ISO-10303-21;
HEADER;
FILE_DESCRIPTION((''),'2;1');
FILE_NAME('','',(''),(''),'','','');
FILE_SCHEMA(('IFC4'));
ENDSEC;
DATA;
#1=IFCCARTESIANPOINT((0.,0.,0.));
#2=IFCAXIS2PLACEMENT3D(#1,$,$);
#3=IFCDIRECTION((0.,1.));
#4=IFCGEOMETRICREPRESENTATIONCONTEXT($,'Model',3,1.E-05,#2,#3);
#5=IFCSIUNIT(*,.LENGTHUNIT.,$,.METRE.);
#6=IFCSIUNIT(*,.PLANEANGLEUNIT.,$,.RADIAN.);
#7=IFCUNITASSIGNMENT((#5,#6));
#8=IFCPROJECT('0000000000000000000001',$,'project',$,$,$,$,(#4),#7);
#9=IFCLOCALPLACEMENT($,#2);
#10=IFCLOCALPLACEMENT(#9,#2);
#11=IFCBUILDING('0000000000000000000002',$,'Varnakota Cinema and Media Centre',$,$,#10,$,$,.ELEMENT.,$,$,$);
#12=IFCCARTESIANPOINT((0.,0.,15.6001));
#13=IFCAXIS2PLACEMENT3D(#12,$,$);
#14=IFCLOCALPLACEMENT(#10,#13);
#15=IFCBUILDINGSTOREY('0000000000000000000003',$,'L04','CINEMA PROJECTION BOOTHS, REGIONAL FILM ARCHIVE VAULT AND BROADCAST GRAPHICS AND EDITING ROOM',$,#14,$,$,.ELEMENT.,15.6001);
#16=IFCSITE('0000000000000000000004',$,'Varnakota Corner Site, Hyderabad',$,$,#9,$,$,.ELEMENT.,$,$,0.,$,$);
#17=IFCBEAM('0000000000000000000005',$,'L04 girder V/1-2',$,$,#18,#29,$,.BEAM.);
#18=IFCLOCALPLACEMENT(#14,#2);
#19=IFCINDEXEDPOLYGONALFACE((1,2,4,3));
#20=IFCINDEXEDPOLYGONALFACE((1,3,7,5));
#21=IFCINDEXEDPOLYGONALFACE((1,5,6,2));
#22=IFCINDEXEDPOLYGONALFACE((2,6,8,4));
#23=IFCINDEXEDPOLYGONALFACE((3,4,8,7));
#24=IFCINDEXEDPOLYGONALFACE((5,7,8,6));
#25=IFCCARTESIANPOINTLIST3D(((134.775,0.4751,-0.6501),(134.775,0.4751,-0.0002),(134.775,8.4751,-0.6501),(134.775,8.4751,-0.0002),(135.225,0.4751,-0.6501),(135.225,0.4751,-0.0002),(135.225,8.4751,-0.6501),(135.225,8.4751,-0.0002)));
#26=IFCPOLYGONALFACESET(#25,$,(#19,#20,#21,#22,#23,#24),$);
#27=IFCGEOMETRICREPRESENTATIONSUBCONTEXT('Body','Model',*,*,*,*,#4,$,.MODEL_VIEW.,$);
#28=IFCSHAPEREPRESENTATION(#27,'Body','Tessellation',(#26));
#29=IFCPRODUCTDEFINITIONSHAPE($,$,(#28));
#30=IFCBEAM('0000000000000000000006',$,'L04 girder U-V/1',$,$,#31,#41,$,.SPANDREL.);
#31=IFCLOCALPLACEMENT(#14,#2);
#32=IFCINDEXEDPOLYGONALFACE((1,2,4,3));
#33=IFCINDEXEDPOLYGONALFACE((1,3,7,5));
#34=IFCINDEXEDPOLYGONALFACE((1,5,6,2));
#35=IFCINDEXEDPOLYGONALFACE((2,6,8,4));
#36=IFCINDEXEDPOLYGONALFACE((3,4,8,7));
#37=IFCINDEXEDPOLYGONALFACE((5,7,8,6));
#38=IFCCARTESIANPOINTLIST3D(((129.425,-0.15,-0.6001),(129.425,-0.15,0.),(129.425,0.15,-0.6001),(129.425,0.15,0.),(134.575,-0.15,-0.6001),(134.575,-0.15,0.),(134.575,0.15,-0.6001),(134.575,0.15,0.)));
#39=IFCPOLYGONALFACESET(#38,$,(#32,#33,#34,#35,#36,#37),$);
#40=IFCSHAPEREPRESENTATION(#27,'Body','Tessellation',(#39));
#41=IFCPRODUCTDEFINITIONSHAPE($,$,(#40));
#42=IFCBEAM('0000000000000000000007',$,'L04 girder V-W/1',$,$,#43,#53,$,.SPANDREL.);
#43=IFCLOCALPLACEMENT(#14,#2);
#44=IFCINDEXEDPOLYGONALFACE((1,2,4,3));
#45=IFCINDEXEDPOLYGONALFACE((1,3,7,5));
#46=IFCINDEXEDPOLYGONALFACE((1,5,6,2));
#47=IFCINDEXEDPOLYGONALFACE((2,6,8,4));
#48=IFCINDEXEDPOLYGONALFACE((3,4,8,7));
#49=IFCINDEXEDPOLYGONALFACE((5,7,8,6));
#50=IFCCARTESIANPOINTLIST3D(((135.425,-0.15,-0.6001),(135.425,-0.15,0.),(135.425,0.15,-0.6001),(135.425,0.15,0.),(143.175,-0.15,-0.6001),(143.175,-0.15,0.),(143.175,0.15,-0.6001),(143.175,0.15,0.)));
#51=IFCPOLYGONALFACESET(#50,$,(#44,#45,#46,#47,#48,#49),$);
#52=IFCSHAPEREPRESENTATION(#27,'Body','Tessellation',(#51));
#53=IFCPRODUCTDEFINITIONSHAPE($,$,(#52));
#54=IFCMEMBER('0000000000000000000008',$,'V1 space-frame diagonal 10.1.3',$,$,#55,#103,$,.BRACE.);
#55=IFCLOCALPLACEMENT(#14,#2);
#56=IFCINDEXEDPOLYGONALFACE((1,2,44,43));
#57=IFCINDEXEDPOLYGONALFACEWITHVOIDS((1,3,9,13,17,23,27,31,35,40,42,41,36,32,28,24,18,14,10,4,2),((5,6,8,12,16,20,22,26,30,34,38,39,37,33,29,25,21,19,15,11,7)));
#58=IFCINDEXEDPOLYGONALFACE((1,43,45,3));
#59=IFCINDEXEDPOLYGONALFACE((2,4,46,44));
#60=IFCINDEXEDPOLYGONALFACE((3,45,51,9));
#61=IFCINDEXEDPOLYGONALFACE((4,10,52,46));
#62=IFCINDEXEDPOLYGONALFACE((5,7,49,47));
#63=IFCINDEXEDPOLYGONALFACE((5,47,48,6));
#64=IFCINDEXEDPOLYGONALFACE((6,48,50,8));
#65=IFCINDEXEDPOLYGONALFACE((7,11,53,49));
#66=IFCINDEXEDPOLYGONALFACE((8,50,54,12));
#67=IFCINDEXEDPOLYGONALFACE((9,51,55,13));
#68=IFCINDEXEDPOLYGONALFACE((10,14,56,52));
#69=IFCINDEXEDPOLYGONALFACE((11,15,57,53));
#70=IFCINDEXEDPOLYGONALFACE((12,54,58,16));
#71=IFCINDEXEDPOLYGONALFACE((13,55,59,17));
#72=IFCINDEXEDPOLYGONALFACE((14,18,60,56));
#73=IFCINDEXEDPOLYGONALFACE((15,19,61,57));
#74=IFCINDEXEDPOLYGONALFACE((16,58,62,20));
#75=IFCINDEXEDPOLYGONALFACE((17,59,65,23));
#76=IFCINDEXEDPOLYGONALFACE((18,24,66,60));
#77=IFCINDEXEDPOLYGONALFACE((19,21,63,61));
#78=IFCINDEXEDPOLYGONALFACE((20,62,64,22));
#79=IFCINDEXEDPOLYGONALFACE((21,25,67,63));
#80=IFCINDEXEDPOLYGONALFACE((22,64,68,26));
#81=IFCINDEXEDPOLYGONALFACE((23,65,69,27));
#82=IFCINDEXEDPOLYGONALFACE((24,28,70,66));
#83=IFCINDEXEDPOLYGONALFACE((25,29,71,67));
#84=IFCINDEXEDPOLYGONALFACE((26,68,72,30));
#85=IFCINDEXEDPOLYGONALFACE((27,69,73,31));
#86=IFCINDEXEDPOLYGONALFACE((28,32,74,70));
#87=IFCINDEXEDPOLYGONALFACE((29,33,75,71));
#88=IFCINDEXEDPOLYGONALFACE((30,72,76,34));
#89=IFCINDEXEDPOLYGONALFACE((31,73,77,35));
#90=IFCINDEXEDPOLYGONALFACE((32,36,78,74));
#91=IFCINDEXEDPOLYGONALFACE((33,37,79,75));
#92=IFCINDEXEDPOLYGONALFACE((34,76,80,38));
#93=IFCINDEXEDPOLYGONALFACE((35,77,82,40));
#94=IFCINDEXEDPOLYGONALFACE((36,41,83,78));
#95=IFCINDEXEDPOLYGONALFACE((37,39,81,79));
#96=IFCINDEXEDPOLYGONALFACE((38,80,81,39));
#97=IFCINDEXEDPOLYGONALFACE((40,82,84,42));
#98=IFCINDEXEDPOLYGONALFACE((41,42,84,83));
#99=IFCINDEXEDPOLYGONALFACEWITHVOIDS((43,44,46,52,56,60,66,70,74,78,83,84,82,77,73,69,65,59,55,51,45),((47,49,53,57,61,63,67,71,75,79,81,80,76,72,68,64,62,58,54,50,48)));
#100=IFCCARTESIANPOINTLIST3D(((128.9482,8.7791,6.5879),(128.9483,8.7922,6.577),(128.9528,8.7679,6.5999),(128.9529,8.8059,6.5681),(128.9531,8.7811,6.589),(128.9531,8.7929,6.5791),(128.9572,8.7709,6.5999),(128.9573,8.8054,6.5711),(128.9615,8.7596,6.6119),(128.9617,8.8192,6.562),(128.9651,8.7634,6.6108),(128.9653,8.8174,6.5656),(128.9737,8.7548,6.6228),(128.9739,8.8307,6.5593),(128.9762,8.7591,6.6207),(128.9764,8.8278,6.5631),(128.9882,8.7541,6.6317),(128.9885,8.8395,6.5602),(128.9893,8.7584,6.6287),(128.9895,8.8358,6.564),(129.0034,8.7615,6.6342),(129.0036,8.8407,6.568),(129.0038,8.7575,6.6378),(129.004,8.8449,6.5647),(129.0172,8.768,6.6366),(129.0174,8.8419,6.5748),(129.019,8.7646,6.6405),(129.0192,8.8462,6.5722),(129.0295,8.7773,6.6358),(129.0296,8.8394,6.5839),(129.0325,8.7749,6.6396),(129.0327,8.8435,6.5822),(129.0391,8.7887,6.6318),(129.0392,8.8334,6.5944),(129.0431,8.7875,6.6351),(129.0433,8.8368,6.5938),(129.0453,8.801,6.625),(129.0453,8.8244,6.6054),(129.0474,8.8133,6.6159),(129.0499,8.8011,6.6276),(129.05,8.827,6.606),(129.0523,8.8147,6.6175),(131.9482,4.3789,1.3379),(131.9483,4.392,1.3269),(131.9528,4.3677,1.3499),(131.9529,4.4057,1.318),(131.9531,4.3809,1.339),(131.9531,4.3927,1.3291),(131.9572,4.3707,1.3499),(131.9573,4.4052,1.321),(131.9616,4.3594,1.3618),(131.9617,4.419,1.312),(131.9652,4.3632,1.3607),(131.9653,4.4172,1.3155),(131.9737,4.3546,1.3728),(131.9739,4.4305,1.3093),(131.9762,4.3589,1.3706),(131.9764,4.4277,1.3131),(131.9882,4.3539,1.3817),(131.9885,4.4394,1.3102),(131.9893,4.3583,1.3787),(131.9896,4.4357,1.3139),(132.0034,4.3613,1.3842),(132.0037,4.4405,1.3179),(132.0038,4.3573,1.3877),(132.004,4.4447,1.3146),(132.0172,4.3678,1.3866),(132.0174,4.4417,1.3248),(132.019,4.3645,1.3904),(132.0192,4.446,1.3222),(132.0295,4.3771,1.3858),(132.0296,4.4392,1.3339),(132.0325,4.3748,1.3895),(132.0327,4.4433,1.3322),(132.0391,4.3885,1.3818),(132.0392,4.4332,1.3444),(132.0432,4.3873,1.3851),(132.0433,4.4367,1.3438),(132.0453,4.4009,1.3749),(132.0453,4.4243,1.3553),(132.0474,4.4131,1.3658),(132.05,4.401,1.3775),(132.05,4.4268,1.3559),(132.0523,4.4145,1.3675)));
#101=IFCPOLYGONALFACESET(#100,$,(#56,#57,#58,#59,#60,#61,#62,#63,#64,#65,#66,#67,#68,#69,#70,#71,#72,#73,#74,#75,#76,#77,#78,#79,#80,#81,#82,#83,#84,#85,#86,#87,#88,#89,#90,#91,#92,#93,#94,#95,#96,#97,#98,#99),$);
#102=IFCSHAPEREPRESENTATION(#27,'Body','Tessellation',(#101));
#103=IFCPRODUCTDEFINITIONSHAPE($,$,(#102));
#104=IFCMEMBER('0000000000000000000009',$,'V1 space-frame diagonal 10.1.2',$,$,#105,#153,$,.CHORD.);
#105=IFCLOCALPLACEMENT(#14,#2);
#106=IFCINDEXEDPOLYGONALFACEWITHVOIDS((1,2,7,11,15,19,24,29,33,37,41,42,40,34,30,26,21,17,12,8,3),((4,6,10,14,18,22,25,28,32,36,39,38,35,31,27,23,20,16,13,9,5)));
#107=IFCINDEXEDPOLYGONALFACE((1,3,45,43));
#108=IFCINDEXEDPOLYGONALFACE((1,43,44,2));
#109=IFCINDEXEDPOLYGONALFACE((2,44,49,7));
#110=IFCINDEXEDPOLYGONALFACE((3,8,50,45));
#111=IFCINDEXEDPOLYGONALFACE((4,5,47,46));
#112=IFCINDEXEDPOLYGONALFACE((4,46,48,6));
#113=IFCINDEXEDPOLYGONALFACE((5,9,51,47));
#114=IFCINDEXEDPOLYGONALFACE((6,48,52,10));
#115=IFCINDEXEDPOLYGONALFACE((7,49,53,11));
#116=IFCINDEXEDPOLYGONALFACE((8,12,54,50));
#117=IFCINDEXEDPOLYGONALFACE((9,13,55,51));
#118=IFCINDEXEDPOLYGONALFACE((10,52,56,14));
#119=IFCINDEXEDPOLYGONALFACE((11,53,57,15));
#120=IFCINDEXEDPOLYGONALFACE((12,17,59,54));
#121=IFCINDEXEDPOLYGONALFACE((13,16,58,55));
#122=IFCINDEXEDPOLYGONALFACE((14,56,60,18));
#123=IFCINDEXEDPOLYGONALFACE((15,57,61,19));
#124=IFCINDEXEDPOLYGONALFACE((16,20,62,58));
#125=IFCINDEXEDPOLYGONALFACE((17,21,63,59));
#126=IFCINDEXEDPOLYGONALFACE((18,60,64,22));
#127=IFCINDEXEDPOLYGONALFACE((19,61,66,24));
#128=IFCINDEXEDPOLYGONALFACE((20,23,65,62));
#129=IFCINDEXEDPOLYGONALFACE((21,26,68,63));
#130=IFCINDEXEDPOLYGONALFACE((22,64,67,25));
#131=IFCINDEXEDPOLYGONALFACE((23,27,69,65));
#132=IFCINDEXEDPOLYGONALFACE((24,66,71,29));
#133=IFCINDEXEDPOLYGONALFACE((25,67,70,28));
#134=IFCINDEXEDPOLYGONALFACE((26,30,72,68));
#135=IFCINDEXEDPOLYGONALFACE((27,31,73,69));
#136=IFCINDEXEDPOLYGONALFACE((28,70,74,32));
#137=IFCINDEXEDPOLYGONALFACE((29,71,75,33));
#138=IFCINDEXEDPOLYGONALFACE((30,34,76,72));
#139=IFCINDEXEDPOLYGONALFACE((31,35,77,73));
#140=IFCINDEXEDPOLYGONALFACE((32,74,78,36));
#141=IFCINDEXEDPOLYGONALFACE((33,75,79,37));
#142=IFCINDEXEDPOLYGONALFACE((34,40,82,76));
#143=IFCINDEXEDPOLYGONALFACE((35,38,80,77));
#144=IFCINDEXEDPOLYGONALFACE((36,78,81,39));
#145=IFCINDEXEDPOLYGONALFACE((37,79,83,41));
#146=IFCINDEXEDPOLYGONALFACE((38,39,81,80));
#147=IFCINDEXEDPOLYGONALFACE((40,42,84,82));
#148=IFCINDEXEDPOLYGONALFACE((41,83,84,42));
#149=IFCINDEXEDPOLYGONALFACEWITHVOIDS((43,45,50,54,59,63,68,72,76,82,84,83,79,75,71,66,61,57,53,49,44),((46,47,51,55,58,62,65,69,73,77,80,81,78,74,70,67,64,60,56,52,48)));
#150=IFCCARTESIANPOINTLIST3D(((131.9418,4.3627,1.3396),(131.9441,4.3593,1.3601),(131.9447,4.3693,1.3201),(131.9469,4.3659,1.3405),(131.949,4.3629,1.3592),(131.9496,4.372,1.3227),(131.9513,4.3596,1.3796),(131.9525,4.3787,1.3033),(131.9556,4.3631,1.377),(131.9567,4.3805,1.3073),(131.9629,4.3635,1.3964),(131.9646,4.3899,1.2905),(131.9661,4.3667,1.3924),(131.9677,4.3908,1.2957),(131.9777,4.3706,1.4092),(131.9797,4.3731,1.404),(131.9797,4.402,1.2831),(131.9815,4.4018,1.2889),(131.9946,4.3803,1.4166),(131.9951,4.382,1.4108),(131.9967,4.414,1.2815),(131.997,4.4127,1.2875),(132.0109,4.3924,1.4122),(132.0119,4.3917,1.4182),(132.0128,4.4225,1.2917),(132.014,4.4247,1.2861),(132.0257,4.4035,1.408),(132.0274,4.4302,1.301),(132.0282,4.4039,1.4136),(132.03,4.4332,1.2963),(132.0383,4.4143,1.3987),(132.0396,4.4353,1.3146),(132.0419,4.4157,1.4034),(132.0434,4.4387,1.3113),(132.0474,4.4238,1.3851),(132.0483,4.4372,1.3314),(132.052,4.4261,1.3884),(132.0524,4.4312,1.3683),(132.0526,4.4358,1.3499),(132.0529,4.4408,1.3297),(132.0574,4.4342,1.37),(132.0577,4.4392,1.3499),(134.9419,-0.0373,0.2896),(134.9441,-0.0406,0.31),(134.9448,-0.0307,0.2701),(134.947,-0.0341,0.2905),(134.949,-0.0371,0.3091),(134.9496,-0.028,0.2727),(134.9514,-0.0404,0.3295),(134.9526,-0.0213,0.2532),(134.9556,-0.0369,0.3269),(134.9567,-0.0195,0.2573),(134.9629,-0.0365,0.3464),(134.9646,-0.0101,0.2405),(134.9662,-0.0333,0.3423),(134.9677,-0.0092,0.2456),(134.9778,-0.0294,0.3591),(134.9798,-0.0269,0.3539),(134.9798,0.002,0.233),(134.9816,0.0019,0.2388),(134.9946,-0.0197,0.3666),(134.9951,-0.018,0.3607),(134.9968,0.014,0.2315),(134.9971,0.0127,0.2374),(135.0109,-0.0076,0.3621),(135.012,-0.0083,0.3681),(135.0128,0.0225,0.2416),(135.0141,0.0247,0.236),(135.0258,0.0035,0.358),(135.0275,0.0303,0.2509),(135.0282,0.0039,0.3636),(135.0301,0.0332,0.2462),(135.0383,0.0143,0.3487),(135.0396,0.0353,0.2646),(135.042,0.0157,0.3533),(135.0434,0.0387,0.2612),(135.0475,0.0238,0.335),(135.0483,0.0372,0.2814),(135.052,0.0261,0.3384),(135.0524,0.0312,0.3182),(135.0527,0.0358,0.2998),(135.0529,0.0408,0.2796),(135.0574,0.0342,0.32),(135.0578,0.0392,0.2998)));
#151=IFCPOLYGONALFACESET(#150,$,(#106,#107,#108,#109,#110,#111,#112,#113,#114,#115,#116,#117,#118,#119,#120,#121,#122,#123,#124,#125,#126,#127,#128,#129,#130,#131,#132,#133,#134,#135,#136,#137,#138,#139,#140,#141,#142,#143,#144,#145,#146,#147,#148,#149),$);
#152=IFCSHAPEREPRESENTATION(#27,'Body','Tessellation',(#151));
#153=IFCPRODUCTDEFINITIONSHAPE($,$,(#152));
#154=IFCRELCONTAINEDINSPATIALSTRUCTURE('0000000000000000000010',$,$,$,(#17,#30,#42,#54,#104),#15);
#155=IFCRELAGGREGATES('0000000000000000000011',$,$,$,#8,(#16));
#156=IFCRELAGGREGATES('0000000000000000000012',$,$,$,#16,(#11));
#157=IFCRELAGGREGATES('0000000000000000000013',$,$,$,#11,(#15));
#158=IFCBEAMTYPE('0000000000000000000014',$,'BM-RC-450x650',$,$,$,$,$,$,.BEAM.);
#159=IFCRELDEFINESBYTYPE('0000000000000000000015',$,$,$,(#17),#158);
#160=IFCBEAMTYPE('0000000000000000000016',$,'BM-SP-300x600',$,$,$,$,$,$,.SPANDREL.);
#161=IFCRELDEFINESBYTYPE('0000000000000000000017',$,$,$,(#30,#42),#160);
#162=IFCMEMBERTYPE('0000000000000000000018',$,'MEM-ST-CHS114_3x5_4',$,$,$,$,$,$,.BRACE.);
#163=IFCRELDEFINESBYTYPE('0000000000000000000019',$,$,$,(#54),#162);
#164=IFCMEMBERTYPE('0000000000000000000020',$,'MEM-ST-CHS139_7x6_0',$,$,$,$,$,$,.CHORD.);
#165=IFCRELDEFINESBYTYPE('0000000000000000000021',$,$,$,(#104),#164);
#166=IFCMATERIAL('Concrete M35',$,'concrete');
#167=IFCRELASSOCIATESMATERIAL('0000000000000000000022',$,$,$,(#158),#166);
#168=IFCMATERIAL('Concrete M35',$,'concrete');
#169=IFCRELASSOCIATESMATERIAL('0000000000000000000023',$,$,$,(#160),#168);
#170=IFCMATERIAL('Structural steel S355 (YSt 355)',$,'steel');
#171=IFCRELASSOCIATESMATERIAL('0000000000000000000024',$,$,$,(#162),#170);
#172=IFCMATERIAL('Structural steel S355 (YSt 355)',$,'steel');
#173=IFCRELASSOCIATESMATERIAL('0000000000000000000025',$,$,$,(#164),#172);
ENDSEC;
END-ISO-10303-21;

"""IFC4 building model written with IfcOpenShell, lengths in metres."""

from ifc_helpers import new_model, si_unit, direction, frame, origin, origin_2d, place, context, subcontext, project, spatial, rectangle, hollow_circle, extrude, material, material_profile, profile_set, type_object, element, save


model = new_model("IFC4")

# Units and contexts
model_context = context("Model", 3, precision=1e-05, world=origin(), true_north=direction((0.0, 1.0)))
body_context = subcontext(model_context, "Body", "Model", "MODEL_VIEW")
ifc_project = project(units=[si_unit("LENGTHUNIT", "METRE"), si_unit("PLANEANGLEUNIT", "RADIAN")], contexts=[model_context])

# Site, building, storey
site_placement = place(None, origin())
site = spatial("IfcSite", under=ifc_project, at=site_placement, Name="Varnakota Corner Site, Hyderabad", CompositionType="ELEMENT", RefElevation=0.0)
building_placement = place(site_placement, origin())
building = spatial("IfcBuilding", under=site, at=building_placement, Name="Varnakota Cinema and Media Centre", CompositionType="ELEMENT")
storey_placement = place(building_placement, frame((0.0, 0.0, 15.6001)))
storey = spatial("IfcBuildingStorey", under=building, at=storey_placement, Name="L04", Description="CINEMA PROJECTION BOOTHS, REGIONAL FILM ARCHIVE VAULT AND BROADCAST GRAPHICS AND EDITING ROOM", CompositionType="ELEMENT", Elevation=15.6001)

# Beams
ifc_material_1 = material(Name="Concrete M35", Category="concrete")
ifc_material_profile_1 = material_profile(ifc_material_1, rectangle(XDim=0.45, YDim=0.6499, at=origin_2d()), Name="RCB 450x650")
ifc_profile_set_1 = profile_set([ifc_material_profile_1], Name="Concrete M35")
beam_type_1 = type_object("IfcBeamType", Name="BM-RC-450x650", PredefinedType="BEAM", material=ifc_profile_set_1)
beam_1_placement = place(storey_placement, frame((135.0, 0.4751, -0.3252), z_axis=(0.0, 1.0, 0.0), x_axis=(-1.0, 0.0, 0.0)))
element("IfcBeam", 1, at=beam_1_placement, inside=storey, type_object=beam_type_1, Name="L04 girder V/1-2", PredefinedType="BEAM", context=body_context, shape_type="SweptSolid", body=[
    extrude(rectangle(XDim=0.45, YDim=0.6499, at=origin_2d()), origin(), (0.0, 0.0, 1.0), 8.0),
])
ifc_material_2 = material(Name="Concrete M35", Category="concrete")
ifc_material_profile_2 = material_profile(ifc_material_2, rectangle(XDim=0.3, YDim=0.6001, at=origin_2d()), Name="RCB 300x600")
ifc_profile_set_2 = profile_set([ifc_material_profile_2], Name="Concrete M35")
beam_type_2 = type_object("IfcBeamType", Name="BM-SP-300x600", PredefinedType="SPANDREL", material=ifc_profile_set_2)
beam_2_placement = place(storey_placement, frame((129.425, 0.0, -0.3), z_axis=(1.0, 0.0, 0.0), x_axis=(0.0, 1.0, 0.0)))
element("IfcBeam", 2, at=beam_2_placement, inside=storey, type_object=beam_type_2, Name="L04 girder U-V/1", PredefinedType="SPANDREL", context=body_context, shape_type="SweptSolid", body=[
    extrude(rectangle(XDim=0.3, YDim=0.6001, at=origin_2d()), origin(), (0.0, 0.0, 1.0), 5.1499),
])
beam_3_placement = place(storey_placement, frame((135.425, 0.0, -0.3), z_axis=(1.0, 0.0, 0.0), x_axis=(0.0, 1.0, 0.0)))
element("IfcBeam", 3, at=beam_3_placement, inside=storey, type_object=beam_type_2, Name="L04 girder V-W/1", PredefinedType="SPANDREL", context=body_context, shape_type="SweptSolid", body=[
    extrude(rectangle(XDim=0.3, YDim=0.6001, at=origin_2d()), origin(), (0.0, 0.0, 1.0), 7.75),
])

# Members
ifc_material_3 = material(Name="Structural steel S355 (YSt 355)", Category="steel")
ifc_material_profile_3 = material_profile(ifc_material_3, hollow_circle(Radius=0.0571, WallThickness=0.0054, at=origin_2d()), Name="CHS 114.3x5.4")
ifc_profile_set_3 = profile_set([ifc_material_profile_3], Name="Structural steel S355 (YSt 355)")
member_type_1 = type_object("IfcMemberType", Name="MEM-ST-CHS114_3x5_4", PredefinedType="BRACE", material=ifc_profile_set_3)
member_1_placement = place(storey_placement, frame((132.0, 4.3999, 1.3499), z_axis=(-0.401165, 0.588395, 0.702039), x_axis=(-0.826236, -0.563324, 0.0)))
element("IfcMember", 4, at=member_1_placement, inside=storey, type_object=member_type_1, Name="V1 space-frame diagonal 10.1.3", PredefinedType="BRACE", context=body_context, shape_type="SweptSolid", body=[
    extrude(hollow_circle(Radius=0.0571, WallThickness=0.0054, at=origin_2d()), origin(), (0.0, 0.0, 1.0), 7.4783),
])
ifc_material_4 = material(Name="Structural steel S355 (YSt 355)", Category="steel")
ifc_material_profile_4 = material_profile(ifc_material_4, hollow_circle(Radius=0.0698, WallThickness=0.0061, at=origin_2d()), Name="CHS 139.7x6.0")
ifc_profile_set_4 = profile_set([ifc_material_profile_4], Name="Structural steel S355 (YSt 355)")
member_type_2 = type_object("IfcMemberType", Name="MEM-ST-CHS139_7x6_0", PredefinedType="CHORD", material=ifc_profile_set_4)
member_2_placement = place(storey_placement, frame((132.0, 4.3999, 1.3499), z_axis=(0.552703, -0.810613, -0.193455), x_axis=(0.826222, 0.563345, 0.0)))
element("IfcMember", 5, at=member_2_placement, inside=storey, type_object=member_type_2, Name="V1 space-frame diagonal 10.1.2", PredefinedType="CHORD", context=body_context, shape_type="SweptSolid", body=[
    extrude(hollow_circle(Radius=0.0698, WallThickness=0.0061, at=origin_2d()), origin(), (0.0, 0.0, 1.0), 5.428),
])

save(model, "model.ifc")
